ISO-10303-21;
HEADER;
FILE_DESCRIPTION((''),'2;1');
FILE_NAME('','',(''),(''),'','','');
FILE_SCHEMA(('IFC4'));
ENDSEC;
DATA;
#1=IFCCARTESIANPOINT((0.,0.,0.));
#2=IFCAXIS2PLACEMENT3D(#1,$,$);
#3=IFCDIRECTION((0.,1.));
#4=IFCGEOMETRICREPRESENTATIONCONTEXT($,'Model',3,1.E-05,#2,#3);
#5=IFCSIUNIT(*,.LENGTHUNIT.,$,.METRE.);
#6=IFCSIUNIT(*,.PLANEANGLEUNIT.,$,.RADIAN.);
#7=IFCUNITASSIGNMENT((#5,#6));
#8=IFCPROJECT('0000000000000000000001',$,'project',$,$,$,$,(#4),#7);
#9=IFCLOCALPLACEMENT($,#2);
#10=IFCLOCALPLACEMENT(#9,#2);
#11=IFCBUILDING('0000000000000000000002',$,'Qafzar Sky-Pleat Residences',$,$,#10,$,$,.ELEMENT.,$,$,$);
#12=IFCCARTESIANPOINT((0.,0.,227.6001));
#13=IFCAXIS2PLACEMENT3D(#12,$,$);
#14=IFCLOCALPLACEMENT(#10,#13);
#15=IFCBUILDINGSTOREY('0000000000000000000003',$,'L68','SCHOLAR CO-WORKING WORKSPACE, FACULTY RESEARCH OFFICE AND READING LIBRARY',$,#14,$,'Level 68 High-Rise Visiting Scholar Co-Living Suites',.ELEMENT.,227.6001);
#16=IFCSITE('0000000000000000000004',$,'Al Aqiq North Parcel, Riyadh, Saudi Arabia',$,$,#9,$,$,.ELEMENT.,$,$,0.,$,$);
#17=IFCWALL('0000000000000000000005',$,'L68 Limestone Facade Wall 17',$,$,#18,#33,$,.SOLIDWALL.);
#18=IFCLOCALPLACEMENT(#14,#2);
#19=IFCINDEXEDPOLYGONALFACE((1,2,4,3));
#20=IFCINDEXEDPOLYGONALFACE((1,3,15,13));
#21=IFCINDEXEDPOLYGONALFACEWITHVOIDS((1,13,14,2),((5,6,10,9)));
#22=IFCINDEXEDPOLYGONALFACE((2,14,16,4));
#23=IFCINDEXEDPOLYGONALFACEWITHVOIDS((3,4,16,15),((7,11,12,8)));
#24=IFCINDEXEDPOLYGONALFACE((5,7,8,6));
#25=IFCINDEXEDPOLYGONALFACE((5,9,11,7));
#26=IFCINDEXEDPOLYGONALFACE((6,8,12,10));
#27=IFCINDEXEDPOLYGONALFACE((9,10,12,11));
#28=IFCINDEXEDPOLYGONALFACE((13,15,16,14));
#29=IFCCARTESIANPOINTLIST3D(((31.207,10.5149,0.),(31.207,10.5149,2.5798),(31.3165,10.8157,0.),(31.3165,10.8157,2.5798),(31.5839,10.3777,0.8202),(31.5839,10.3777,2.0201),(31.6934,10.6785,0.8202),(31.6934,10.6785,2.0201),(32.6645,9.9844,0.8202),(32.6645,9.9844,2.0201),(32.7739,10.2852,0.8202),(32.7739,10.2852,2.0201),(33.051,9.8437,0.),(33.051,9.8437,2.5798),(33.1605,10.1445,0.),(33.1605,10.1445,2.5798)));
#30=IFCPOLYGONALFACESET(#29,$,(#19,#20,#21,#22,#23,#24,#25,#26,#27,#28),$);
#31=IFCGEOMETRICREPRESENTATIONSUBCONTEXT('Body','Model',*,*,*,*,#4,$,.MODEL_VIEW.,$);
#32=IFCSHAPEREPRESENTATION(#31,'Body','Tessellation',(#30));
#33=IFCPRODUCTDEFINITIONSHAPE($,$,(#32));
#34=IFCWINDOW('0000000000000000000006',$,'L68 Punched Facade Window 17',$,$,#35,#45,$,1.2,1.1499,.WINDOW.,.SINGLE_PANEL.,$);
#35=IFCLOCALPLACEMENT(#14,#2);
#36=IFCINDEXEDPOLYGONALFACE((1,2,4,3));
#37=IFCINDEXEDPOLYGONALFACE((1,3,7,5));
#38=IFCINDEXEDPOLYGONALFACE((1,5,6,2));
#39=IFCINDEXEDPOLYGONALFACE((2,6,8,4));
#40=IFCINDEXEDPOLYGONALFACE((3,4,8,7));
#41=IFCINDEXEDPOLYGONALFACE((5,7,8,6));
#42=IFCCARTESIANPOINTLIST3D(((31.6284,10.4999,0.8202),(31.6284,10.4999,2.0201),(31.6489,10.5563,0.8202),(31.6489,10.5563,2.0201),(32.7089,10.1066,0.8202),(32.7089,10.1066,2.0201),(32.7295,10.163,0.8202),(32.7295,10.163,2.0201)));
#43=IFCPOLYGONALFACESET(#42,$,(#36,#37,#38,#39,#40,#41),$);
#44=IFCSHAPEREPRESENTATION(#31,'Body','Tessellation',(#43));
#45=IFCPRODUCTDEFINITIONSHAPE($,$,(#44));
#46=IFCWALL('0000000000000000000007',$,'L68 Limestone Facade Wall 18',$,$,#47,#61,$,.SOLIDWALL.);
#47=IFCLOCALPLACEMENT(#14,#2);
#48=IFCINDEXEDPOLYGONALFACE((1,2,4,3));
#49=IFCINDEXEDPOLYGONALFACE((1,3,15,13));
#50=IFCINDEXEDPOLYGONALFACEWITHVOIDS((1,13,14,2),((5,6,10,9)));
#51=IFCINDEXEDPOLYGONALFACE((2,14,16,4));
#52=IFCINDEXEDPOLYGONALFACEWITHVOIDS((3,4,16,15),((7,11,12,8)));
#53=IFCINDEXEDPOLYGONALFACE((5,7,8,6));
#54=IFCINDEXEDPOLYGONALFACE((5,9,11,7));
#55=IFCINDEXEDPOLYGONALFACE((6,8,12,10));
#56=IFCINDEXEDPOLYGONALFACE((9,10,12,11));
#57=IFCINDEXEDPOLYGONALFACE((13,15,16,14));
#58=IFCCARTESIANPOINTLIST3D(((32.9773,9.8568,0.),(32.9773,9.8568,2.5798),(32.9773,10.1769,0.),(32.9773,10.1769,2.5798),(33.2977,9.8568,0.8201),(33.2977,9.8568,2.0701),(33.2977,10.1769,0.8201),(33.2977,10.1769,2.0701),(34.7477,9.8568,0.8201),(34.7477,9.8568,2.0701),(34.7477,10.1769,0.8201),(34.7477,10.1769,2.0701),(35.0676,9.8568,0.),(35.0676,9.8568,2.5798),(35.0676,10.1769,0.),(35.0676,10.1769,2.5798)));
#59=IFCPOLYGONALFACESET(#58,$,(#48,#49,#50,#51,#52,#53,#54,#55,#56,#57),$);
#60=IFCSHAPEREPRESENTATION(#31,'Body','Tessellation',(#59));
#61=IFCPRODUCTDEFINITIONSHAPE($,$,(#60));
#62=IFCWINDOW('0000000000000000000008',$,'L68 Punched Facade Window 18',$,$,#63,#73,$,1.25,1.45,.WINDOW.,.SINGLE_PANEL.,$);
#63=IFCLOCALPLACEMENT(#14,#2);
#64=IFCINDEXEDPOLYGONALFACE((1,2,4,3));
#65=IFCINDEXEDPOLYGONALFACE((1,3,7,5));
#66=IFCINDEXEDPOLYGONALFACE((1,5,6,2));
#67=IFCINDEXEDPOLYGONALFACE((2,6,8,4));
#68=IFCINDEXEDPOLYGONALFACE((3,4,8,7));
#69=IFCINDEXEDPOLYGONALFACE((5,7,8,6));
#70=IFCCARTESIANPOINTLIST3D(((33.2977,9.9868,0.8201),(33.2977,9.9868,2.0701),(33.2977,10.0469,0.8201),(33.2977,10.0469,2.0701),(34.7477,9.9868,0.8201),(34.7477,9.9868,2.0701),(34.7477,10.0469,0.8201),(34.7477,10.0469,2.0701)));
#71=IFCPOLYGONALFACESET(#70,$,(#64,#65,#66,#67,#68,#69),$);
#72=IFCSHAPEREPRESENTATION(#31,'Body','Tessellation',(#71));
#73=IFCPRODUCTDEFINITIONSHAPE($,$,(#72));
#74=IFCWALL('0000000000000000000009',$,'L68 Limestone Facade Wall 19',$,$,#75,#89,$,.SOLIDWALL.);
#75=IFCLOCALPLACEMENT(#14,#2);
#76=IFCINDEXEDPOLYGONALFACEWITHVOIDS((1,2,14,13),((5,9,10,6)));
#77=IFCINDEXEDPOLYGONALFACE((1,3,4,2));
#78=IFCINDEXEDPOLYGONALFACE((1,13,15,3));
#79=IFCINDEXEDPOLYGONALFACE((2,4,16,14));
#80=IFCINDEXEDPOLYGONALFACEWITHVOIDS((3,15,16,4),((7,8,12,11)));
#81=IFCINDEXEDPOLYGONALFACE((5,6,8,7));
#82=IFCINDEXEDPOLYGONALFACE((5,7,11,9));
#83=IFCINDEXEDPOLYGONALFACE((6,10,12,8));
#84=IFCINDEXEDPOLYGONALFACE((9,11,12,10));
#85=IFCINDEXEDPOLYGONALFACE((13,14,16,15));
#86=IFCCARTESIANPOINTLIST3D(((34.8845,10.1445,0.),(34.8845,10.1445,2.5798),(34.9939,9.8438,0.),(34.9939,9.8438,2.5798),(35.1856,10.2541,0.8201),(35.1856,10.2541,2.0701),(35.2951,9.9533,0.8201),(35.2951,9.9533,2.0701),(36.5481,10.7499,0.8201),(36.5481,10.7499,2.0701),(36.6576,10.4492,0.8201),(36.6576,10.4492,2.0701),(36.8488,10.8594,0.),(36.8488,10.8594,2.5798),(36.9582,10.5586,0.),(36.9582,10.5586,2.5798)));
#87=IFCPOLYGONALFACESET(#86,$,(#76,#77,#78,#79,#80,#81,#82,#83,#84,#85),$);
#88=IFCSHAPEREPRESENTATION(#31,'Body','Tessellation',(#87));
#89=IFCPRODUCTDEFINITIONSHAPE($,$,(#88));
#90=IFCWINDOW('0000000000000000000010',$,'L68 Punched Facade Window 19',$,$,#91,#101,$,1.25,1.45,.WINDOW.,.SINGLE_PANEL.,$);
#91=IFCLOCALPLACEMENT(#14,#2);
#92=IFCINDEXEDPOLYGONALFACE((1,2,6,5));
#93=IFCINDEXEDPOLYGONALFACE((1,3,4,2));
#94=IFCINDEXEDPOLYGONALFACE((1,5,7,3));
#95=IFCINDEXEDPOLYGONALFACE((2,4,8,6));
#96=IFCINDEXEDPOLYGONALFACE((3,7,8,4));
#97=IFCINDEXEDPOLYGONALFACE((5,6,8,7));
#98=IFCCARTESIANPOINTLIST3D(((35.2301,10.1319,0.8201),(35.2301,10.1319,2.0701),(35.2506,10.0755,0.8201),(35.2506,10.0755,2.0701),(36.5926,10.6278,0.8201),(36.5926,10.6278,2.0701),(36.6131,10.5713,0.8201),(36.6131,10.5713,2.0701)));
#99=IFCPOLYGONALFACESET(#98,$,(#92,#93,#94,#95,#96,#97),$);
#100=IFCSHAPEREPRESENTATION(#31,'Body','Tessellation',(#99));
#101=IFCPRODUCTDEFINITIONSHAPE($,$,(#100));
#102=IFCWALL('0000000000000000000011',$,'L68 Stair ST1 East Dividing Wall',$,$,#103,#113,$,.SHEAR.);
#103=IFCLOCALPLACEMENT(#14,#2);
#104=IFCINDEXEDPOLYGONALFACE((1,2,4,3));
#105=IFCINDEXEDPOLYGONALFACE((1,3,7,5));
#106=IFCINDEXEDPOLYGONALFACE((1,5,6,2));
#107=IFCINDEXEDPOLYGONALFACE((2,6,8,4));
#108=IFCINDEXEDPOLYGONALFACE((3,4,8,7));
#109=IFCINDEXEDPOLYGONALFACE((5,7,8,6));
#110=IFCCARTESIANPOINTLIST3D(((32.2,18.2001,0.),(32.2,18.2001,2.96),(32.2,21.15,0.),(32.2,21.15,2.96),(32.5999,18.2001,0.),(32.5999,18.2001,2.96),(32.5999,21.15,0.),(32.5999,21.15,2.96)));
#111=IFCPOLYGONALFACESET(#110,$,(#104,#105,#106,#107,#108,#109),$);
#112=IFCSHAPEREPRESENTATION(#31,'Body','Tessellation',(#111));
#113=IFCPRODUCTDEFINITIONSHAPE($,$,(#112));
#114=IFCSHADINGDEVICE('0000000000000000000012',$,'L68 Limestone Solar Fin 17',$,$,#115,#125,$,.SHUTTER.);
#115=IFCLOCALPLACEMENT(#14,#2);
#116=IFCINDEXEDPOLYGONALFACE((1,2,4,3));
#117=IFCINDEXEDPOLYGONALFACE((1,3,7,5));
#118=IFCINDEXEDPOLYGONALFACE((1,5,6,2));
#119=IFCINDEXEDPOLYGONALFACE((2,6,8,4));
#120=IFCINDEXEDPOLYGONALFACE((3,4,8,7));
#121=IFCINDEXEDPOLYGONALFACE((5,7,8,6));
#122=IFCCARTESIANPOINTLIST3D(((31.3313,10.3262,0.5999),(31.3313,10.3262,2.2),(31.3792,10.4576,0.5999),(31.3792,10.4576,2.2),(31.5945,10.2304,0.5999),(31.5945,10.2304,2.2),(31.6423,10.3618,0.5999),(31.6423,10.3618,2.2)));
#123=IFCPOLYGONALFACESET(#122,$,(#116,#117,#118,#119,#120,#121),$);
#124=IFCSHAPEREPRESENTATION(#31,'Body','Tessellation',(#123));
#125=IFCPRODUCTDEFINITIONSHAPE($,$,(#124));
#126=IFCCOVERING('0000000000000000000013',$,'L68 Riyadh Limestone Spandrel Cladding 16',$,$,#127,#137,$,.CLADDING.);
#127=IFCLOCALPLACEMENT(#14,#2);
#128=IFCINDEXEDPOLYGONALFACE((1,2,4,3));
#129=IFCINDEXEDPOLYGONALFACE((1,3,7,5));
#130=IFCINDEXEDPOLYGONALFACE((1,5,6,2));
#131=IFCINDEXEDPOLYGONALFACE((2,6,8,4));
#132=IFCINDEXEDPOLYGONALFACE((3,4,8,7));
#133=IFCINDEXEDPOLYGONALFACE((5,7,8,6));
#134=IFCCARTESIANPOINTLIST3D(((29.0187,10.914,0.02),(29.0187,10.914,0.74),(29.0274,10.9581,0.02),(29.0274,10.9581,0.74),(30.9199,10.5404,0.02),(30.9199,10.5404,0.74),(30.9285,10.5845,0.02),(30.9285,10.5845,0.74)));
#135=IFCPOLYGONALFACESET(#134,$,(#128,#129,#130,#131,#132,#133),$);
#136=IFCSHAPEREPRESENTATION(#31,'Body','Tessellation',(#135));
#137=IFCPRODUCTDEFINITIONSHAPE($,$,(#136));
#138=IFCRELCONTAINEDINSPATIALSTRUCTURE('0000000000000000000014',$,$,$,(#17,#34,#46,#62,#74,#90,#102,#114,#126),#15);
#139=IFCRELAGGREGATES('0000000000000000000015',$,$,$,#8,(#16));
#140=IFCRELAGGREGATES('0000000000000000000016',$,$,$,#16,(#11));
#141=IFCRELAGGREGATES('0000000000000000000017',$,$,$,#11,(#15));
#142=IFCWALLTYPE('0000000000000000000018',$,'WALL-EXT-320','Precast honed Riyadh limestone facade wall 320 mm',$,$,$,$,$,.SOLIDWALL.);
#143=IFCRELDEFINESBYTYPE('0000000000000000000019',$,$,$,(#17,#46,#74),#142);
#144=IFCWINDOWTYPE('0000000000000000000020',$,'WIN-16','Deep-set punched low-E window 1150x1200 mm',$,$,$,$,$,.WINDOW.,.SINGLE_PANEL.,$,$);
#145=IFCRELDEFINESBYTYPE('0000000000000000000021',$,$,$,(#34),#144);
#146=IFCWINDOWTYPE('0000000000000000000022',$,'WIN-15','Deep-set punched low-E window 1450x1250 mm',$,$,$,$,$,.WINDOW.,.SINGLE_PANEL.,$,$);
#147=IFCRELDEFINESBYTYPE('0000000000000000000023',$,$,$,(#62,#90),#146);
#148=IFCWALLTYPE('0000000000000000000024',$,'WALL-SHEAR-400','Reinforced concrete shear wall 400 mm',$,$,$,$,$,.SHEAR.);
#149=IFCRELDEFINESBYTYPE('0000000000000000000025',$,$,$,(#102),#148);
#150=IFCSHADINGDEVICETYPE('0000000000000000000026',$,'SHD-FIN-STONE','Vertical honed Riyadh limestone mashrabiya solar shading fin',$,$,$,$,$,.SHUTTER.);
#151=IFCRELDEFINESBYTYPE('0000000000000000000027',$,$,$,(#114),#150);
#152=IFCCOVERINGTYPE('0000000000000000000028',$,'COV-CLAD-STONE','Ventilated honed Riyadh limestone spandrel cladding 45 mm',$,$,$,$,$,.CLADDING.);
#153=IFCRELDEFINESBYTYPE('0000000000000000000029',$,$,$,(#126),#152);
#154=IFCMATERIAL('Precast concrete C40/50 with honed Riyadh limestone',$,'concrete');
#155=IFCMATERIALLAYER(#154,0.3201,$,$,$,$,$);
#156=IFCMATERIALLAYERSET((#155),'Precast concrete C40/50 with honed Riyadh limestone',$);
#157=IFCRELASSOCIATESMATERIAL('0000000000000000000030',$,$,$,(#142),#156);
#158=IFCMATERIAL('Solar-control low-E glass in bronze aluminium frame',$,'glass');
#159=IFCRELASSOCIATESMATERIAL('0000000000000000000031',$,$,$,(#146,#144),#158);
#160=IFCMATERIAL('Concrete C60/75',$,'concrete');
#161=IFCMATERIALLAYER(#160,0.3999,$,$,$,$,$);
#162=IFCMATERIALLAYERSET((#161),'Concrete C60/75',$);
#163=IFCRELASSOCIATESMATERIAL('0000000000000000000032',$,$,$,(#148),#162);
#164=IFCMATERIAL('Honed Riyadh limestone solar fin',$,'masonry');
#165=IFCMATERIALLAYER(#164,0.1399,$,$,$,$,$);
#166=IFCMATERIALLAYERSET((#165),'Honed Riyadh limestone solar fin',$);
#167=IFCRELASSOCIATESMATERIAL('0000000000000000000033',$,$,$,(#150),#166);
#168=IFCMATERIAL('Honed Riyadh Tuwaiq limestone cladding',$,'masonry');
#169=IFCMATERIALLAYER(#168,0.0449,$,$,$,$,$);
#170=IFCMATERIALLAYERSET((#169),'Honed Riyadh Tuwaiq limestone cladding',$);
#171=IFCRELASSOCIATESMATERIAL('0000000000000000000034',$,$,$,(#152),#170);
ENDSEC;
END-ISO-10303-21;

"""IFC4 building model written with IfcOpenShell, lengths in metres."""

from ifc_helpers import new_model, si_unit, direction, frame, frame_2d, origin, origin_2d, place, context, subcontext, project, spatial, rectangle, extrude, source, transform, mapped, material, layer, layer_set, type_object, element, fill, save


model = new_model("IFC4")

# Units and contexts
model_context = context("Model", 3, precision=1e-05, world=origin(), true_north=direction((0.0, 1.0)))
body_context = subcontext(model_context, "Body", "Model", "MODEL_VIEW")
ifc_project = project(units=[si_unit("LENGTHUNIT", "METRE"), si_unit("PLANEANGLEUNIT", "RADIAN")], contexts=[model_context])

# Site, building, storey
site_placement = place(None, origin())
site = spatial("IfcSite", under=ifc_project, at=site_placement, Name="Al Aqiq North Parcel, Riyadh, Saudi Arabia", CompositionType="ELEMENT", RefElevation=0.0)
building_placement = place(site_placement, origin())
building = spatial("IfcBuilding", under=site, at=building_placement, Name="Qafzar Sky-Pleat Residences", CompositionType="ELEMENT")
storey_placement = place(building_placement, frame((0.0, 0.0, 227.6001)))
storey = spatial("IfcBuildingStorey", under=building, at=storey_placement, Name="L68", Description="SCHOLAR CO-WORKING WORKSPACE, FACULTY RESEARCH OFFICE AND READING LIBRARY", LongName="Level 68 High-Rise Visiting Scholar Co-Living Suites", CompositionType="ELEMENT", Elevation=227.6001)

# Walls, openings, windows
ifc_material_1 = material(Name="Precast concrete C40/50 with honed Riyadh limestone", Category="concrete")
ifc_layer_1 = layer(ifc_material_1, 0.3201)
ifc_layer_set_1 = layer_set([ifc_layer_1], Name="Precast concrete C40/50 with honed Riyadh limestone")
wall_type_1 = type_object("IfcWallType", Name="WALL-EXT-320", Description="Precast honed Riyadh limestone facade wall 320 mm", PredefinedType="SOLIDWALL", material=ifc_layer_set_1)
ifc_material_2 = material(Name="Solar-control low-E glass in bronze aluminium frame", Category="glass")
window_type_1 = type_object("IfcWindowType", Name="WIN-15", Description="Deep-set punched low-E window 1450x1250 mm", PartitioningType="SINGLE_PANEL", PredefinedType="WINDOW", material=ifc_material_2)
shared_shape_1 = source(origin(), body_context, "Body", "SweptSolid", [
    extrude(rectangle(XDim=1.45, YDim=1.25, at=frame_2d((0.7251, 0.625))), frame((0.0, 0.03, 0.0), z_axis=(0.0, -1.0, 0.0), x_axis=(1.0, 0.0, 0.0)), (0.0, 0.0, 1.0), 0.0601),
])
wall_1_placement = place(storey_placement, frame((31.2617, 10.6653, 0.0), z_axis=(0.0, 0.0, 1.0), x_axis=(0.939695, -0.342013, 0.0)))
wall_1 = element("IfcWall", 1, at=wall_1_placement, inside=storey, type_object=wall_type_1, Name="L68 Limestone Facade Wall 17", PredefinedType="SOLIDWALL", context=body_context, shape_type="SweptSolid", body=[
    extrude(rectangle(XDim=1.9624, YDim=0.3201, at=frame_2d((0.9812, 0.0))), origin(), (0.0, 0.0, 1.0), 2.5798),
])
opening_1_placement = place(wall_1_placement, frame((0.4011, 0.0, 0.8201)))
opening_1 = element("IfcOpeningElement", 2, at=opening_1_placement, cuts=wall_1, PredefinedType="OPENING", context=body_context, shape_type="SweptSolid", body=[
    extrude(rectangle(XDim=1.1499, YDim=1.2, at=frame_2d((0.575, 0.6001))), frame((0.0, 0.1699, 0.0), z_axis=(0.0, -1.0, 0.0), x_axis=(1.0, 0.0, 0.0)), (0.0, 0.0, 1.0), 0.3401),
])
window_type_2 = type_object("IfcWindowType", Name="WIN-16", Description="Deep-set punched low-E window 1150x1200 mm", PartitioningType="SINGLE_PANEL", PredefinedType="WINDOW", material=ifc_material_2)
shared_shape_2 = source(origin(), body_context, "Body", "SweptSolid", [
    extrude(rectangle(XDim=1.1499, YDim=1.2, at=frame_2d((0.575, 0.6001))), frame((0.0, 0.03, 0.0), z_axis=(0.0, -1.0, 0.0), x_axis=(1.0, 0.0, 0.0)), (0.0, 0.0, 1.0), 0.0601),
])
window_1_placement = place(opening_1_placement, origin())
window_1 = element("IfcWindow", 3, at=window_1_placement, inside=storey, type_object=window_type_2, Name="L68 Punched Facade Window 17", OverallHeight=1.2, OverallWidth=1.1499, PartitioningType="SINGLE_PANEL", PredefinedType="WINDOW", context=body_context, shape_type="MappedRepresentation", body=[
    mapped(shared_shape_2, transform((0.0, 0.0, 0.0), x_axis=(1.0, 0.0, 0.0), y_axis=(0.0, 1.0, 0.0), z_axis=(0.0, 0.0, 1.0), scale=1.0)),
])
fill(opening_1, window_1)
wall_2_placement = place(storey_placement, frame((32.9773, 10.0168, 0.0), z_axis=(0.0, 0.0, 1.0), x_axis=(1.0, 0.0, 0.0)))
wall_2 = element("IfcWall", 4, at=wall_2_placement, inside=storey, type_object=wall_type_1, Name="L68 Limestone Facade Wall 18", PredefinedType="SOLIDWALL", context=body_context, shape_type="SweptSolid", body=[
    extrude(rectangle(XDim=2.0903, YDim=0.3201, at=frame_2d((1.0452, 0.0))), origin(), (0.0, 0.0, 1.0), 2.5798),
])
opening_2_placement = place(wall_2_placement, frame((0.3203, 0.0, 0.8201)))
opening_2 = element("IfcOpeningElement", 5, at=opening_2_placement, cuts=wall_2, PredefinedType="OPENING", context=body_context, shape_type="SweptSolid", body=[
    extrude(rectangle(XDim=1.45, YDim=1.25, at=frame_2d((0.7251, 0.625))), frame((0.0, 0.1699, 0.0), z_axis=(0.0, -1.0, 0.0), x_axis=(1.0, 0.0, 0.0)), (0.0, 0.0, 1.0), 0.3401),
])
window_2_placement = place(opening_2_placement, origin())
window_2 = element("IfcWindow", 6, at=window_2_placement, inside=storey, type_object=window_type_1, Name="L68 Punched Facade Window 18", OverallHeight=1.25, OverallWidth=1.45, PartitioningType="SINGLE_PANEL", PredefinedType="WINDOW", context=body_context, shape_type="MappedRepresentation", body=[
    mapped(shared_shape_1, transform((0.0, 0.0, 0.0), x_axis=(1.0, 0.0, 0.0), y_axis=(0.0, 1.0, 0.0), z_axis=(0.0, 0.0, 1.0), scale=1.0)),
])
fill(opening_2, window_2)
wall_3_placement = place(storey_placement, frame((34.9392, 9.9941, 0.0), z_axis=(0.0, 0.0, 1.0), x_axis=(0.939712, 0.341968, 0.0)))
wall_3 = element("IfcWall", 7, at=wall_3_placement, inside=storey, type_object=wall_type_1, Name="L68 Limestone Facade Wall 19", PredefinedType="SOLIDWALL", context=body_context, shape_type="SweptSolid", body=[
    extrude(rectangle(XDim=2.0903, YDim=0.3201, at=frame_2d((1.0452, 0.0))), origin(), (0.0, 0.0, 1.0), 2.5798),
])
opening_3_placement = place(wall_3_placement, frame((0.3203, 0.0, 0.8201)))
opening_3 = element("IfcOpeningElement", 8, at=opening_3_placement, cuts=wall_3, PredefinedType="OPENING", context=body_context, shape_type="SweptSolid", body=[
    extrude(rectangle(XDim=1.45, YDim=1.25, at=frame_2d((0.7251, 0.625))), frame((0.0, 0.1699, 0.0), z_axis=(0.0, -1.0, 0.0), x_axis=(1.0, 0.0, 0.0)), (0.0, 0.0, 1.0), 0.3401),
])
window_3_placement = place(opening_3_placement, origin())
window_3 = element("IfcWindow", 9, at=window_3_placement, inside=storey, type_object=window_type_1, Name="L68 Punched Facade Window 19", OverallHeight=1.25, OverallWidth=1.45, PartitioningType="SINGLE_PANEL", PredefinedType="WINDOW", context=body_context, shape_type="MappedRepresentation", body=[
    mapped(shared_shape_1, transform((0.0, 0.0, 0.0), x_axis=(1.0, 0.0, 0.0), y_axis=(0.0, 1.0, 0.0), z_axis=(0.0, 0.0, 1.0), scale=1.0)),
])
fill(opening_3, window_3)

# Wall
ifc_material_3 = material(Name="Concrete C60/75", Category="concrete")
ifc_layer_2 = layer(ifc_material_3, 0.3999)
ifc_layer_set_2 = layer_set([ifc_layer_2], Name="Concrete C60/75")
wall_type_2 = type_object("IfcWallType", Name="WALL-SHEAR-400", Description="Reinforced concrete shear wall 400 mm", PredefinedType="SHEAR", material=ifc_layer_set_2)
wall_4_placement = place(storey_placement, frame((32.3999, 18.2, 0.0), z_axis=(0.0, 0.0, 1.0), x_axis=(0.0, 1.0, 0.0)))
element("IfcWall", 10, at=wall_4_placement, inside=storey, type_object=wall_type_2, Name="L68 Stair ST1 East Dividing Wall", PredefinedType="SHEAR", context=body_context, shape_type="SweptSolid", body=[
    extrude(rectangle(XDim=2.95, YDim=0.3999, at=frame_2d((1.4751, 0.0))), origin(), (0.0, 0.0, 1.0), 2.96),
])

# Shading device
ifc_material_4 = material(Name="Honed Riyadh limestone solar fin", Category="masonry")
ifc_layer_3 = layer(ifc_material_4, 0.1399)
ifc_layer_set_3 = layer_set([ifc_layer_3], Name="Honed Riyadh limestone solar fin")
shading_device_type = type_object("IfcShadingDeviceType", Name="SHD-FIN-STONE", Description="Vertical honed Riyadh limestone mashrabiya solar shading fin", PredefinedType="SHUTTER", material=ifc_layer_set_3)
shared_shape_3 = source(origin(), body_context, "Body", "SweptSolid", [
    extrude(rectangle(XDim=0.1399, YDim=0.28, at=origin_2d()), origin(), (0.0, 0.0, 1.0), 1.6001),
])
shading_device_placement = place(storey_placement, frame((31.4868, 10.344, 0.5999), z_axis=(0.0, 0.0, 1.0), x_axis=(-0.342054, -0.93968, 0.0)))
element("IfcShadingDevice", 11, at=shading_device_placement, inside=storey, type_object=shading_device_type, Name="L68 Limestone Solar Fin 17", PredefinedType="SHUTTER", context=body_context, shape_type="MappedRepresentation", body=[
    mapped(shared_shape_3, transform((0.0, 0.0, 0.0), x_axis=(1.0, 0.0, 0.0), y_axis=(0.0, 1.0, 0.0), z_axis=(0.0, 0.0, 1.0), scale=1.0)),
])

# Covering
ifc_material_5 = material(Name="Honed Riyadh Tuwaiq limestone cladding", Category="masonry")
ifc_layer_4 = layer(ifc_material_5, 0.0449)
ifc_layer_set_4 = layer_set([ifc_layer_4], Name="Honed Riyadh Tuwaiq limestone cladding")
covering_type = type_object("IfcCoveringType", Name="COV-CLAD-STONE", Description="Ventilated honed Riyadh limestone spandrel cladding 45 mm", PredefinedType="CLADDING", material=ifc_layer_set_4)
shared_shape_4 = source(origin(), body_context, "Body", "SweptSolid", [
    extrude(rectangle(XDim=1.9375, YDim=0.0449, at=origin_2d()), origin(), (0.0, 0.0, 1.0), 0.72),
])
covering_placement = place(storey_placement, frame((29.9736, 10.7493, 0.02), z_axis=(0.0, 0.0, 1.0), x_axis=(0.981234, -0.192819, 0.0)))
element("IfcCovering", 12, at=covering_placement, inside=storey, type_object=covering_type, Name="L68 Riyadh Limestone Spandrel Cladding 16", PredefinedType="CLADDING", context=body_context, shape_type="MappedRepresentation", body=[
    mapped(shared_shape_4, transform((0.0, 0.0, 0.0), x_axis=(1.0, 0.0, 0.0), y_axis=(0.0, 1.0, 0.0), z_axis=(0.0, 0.0, 1.0), scale=1.0)),
])

save(model, "model.ifc")
